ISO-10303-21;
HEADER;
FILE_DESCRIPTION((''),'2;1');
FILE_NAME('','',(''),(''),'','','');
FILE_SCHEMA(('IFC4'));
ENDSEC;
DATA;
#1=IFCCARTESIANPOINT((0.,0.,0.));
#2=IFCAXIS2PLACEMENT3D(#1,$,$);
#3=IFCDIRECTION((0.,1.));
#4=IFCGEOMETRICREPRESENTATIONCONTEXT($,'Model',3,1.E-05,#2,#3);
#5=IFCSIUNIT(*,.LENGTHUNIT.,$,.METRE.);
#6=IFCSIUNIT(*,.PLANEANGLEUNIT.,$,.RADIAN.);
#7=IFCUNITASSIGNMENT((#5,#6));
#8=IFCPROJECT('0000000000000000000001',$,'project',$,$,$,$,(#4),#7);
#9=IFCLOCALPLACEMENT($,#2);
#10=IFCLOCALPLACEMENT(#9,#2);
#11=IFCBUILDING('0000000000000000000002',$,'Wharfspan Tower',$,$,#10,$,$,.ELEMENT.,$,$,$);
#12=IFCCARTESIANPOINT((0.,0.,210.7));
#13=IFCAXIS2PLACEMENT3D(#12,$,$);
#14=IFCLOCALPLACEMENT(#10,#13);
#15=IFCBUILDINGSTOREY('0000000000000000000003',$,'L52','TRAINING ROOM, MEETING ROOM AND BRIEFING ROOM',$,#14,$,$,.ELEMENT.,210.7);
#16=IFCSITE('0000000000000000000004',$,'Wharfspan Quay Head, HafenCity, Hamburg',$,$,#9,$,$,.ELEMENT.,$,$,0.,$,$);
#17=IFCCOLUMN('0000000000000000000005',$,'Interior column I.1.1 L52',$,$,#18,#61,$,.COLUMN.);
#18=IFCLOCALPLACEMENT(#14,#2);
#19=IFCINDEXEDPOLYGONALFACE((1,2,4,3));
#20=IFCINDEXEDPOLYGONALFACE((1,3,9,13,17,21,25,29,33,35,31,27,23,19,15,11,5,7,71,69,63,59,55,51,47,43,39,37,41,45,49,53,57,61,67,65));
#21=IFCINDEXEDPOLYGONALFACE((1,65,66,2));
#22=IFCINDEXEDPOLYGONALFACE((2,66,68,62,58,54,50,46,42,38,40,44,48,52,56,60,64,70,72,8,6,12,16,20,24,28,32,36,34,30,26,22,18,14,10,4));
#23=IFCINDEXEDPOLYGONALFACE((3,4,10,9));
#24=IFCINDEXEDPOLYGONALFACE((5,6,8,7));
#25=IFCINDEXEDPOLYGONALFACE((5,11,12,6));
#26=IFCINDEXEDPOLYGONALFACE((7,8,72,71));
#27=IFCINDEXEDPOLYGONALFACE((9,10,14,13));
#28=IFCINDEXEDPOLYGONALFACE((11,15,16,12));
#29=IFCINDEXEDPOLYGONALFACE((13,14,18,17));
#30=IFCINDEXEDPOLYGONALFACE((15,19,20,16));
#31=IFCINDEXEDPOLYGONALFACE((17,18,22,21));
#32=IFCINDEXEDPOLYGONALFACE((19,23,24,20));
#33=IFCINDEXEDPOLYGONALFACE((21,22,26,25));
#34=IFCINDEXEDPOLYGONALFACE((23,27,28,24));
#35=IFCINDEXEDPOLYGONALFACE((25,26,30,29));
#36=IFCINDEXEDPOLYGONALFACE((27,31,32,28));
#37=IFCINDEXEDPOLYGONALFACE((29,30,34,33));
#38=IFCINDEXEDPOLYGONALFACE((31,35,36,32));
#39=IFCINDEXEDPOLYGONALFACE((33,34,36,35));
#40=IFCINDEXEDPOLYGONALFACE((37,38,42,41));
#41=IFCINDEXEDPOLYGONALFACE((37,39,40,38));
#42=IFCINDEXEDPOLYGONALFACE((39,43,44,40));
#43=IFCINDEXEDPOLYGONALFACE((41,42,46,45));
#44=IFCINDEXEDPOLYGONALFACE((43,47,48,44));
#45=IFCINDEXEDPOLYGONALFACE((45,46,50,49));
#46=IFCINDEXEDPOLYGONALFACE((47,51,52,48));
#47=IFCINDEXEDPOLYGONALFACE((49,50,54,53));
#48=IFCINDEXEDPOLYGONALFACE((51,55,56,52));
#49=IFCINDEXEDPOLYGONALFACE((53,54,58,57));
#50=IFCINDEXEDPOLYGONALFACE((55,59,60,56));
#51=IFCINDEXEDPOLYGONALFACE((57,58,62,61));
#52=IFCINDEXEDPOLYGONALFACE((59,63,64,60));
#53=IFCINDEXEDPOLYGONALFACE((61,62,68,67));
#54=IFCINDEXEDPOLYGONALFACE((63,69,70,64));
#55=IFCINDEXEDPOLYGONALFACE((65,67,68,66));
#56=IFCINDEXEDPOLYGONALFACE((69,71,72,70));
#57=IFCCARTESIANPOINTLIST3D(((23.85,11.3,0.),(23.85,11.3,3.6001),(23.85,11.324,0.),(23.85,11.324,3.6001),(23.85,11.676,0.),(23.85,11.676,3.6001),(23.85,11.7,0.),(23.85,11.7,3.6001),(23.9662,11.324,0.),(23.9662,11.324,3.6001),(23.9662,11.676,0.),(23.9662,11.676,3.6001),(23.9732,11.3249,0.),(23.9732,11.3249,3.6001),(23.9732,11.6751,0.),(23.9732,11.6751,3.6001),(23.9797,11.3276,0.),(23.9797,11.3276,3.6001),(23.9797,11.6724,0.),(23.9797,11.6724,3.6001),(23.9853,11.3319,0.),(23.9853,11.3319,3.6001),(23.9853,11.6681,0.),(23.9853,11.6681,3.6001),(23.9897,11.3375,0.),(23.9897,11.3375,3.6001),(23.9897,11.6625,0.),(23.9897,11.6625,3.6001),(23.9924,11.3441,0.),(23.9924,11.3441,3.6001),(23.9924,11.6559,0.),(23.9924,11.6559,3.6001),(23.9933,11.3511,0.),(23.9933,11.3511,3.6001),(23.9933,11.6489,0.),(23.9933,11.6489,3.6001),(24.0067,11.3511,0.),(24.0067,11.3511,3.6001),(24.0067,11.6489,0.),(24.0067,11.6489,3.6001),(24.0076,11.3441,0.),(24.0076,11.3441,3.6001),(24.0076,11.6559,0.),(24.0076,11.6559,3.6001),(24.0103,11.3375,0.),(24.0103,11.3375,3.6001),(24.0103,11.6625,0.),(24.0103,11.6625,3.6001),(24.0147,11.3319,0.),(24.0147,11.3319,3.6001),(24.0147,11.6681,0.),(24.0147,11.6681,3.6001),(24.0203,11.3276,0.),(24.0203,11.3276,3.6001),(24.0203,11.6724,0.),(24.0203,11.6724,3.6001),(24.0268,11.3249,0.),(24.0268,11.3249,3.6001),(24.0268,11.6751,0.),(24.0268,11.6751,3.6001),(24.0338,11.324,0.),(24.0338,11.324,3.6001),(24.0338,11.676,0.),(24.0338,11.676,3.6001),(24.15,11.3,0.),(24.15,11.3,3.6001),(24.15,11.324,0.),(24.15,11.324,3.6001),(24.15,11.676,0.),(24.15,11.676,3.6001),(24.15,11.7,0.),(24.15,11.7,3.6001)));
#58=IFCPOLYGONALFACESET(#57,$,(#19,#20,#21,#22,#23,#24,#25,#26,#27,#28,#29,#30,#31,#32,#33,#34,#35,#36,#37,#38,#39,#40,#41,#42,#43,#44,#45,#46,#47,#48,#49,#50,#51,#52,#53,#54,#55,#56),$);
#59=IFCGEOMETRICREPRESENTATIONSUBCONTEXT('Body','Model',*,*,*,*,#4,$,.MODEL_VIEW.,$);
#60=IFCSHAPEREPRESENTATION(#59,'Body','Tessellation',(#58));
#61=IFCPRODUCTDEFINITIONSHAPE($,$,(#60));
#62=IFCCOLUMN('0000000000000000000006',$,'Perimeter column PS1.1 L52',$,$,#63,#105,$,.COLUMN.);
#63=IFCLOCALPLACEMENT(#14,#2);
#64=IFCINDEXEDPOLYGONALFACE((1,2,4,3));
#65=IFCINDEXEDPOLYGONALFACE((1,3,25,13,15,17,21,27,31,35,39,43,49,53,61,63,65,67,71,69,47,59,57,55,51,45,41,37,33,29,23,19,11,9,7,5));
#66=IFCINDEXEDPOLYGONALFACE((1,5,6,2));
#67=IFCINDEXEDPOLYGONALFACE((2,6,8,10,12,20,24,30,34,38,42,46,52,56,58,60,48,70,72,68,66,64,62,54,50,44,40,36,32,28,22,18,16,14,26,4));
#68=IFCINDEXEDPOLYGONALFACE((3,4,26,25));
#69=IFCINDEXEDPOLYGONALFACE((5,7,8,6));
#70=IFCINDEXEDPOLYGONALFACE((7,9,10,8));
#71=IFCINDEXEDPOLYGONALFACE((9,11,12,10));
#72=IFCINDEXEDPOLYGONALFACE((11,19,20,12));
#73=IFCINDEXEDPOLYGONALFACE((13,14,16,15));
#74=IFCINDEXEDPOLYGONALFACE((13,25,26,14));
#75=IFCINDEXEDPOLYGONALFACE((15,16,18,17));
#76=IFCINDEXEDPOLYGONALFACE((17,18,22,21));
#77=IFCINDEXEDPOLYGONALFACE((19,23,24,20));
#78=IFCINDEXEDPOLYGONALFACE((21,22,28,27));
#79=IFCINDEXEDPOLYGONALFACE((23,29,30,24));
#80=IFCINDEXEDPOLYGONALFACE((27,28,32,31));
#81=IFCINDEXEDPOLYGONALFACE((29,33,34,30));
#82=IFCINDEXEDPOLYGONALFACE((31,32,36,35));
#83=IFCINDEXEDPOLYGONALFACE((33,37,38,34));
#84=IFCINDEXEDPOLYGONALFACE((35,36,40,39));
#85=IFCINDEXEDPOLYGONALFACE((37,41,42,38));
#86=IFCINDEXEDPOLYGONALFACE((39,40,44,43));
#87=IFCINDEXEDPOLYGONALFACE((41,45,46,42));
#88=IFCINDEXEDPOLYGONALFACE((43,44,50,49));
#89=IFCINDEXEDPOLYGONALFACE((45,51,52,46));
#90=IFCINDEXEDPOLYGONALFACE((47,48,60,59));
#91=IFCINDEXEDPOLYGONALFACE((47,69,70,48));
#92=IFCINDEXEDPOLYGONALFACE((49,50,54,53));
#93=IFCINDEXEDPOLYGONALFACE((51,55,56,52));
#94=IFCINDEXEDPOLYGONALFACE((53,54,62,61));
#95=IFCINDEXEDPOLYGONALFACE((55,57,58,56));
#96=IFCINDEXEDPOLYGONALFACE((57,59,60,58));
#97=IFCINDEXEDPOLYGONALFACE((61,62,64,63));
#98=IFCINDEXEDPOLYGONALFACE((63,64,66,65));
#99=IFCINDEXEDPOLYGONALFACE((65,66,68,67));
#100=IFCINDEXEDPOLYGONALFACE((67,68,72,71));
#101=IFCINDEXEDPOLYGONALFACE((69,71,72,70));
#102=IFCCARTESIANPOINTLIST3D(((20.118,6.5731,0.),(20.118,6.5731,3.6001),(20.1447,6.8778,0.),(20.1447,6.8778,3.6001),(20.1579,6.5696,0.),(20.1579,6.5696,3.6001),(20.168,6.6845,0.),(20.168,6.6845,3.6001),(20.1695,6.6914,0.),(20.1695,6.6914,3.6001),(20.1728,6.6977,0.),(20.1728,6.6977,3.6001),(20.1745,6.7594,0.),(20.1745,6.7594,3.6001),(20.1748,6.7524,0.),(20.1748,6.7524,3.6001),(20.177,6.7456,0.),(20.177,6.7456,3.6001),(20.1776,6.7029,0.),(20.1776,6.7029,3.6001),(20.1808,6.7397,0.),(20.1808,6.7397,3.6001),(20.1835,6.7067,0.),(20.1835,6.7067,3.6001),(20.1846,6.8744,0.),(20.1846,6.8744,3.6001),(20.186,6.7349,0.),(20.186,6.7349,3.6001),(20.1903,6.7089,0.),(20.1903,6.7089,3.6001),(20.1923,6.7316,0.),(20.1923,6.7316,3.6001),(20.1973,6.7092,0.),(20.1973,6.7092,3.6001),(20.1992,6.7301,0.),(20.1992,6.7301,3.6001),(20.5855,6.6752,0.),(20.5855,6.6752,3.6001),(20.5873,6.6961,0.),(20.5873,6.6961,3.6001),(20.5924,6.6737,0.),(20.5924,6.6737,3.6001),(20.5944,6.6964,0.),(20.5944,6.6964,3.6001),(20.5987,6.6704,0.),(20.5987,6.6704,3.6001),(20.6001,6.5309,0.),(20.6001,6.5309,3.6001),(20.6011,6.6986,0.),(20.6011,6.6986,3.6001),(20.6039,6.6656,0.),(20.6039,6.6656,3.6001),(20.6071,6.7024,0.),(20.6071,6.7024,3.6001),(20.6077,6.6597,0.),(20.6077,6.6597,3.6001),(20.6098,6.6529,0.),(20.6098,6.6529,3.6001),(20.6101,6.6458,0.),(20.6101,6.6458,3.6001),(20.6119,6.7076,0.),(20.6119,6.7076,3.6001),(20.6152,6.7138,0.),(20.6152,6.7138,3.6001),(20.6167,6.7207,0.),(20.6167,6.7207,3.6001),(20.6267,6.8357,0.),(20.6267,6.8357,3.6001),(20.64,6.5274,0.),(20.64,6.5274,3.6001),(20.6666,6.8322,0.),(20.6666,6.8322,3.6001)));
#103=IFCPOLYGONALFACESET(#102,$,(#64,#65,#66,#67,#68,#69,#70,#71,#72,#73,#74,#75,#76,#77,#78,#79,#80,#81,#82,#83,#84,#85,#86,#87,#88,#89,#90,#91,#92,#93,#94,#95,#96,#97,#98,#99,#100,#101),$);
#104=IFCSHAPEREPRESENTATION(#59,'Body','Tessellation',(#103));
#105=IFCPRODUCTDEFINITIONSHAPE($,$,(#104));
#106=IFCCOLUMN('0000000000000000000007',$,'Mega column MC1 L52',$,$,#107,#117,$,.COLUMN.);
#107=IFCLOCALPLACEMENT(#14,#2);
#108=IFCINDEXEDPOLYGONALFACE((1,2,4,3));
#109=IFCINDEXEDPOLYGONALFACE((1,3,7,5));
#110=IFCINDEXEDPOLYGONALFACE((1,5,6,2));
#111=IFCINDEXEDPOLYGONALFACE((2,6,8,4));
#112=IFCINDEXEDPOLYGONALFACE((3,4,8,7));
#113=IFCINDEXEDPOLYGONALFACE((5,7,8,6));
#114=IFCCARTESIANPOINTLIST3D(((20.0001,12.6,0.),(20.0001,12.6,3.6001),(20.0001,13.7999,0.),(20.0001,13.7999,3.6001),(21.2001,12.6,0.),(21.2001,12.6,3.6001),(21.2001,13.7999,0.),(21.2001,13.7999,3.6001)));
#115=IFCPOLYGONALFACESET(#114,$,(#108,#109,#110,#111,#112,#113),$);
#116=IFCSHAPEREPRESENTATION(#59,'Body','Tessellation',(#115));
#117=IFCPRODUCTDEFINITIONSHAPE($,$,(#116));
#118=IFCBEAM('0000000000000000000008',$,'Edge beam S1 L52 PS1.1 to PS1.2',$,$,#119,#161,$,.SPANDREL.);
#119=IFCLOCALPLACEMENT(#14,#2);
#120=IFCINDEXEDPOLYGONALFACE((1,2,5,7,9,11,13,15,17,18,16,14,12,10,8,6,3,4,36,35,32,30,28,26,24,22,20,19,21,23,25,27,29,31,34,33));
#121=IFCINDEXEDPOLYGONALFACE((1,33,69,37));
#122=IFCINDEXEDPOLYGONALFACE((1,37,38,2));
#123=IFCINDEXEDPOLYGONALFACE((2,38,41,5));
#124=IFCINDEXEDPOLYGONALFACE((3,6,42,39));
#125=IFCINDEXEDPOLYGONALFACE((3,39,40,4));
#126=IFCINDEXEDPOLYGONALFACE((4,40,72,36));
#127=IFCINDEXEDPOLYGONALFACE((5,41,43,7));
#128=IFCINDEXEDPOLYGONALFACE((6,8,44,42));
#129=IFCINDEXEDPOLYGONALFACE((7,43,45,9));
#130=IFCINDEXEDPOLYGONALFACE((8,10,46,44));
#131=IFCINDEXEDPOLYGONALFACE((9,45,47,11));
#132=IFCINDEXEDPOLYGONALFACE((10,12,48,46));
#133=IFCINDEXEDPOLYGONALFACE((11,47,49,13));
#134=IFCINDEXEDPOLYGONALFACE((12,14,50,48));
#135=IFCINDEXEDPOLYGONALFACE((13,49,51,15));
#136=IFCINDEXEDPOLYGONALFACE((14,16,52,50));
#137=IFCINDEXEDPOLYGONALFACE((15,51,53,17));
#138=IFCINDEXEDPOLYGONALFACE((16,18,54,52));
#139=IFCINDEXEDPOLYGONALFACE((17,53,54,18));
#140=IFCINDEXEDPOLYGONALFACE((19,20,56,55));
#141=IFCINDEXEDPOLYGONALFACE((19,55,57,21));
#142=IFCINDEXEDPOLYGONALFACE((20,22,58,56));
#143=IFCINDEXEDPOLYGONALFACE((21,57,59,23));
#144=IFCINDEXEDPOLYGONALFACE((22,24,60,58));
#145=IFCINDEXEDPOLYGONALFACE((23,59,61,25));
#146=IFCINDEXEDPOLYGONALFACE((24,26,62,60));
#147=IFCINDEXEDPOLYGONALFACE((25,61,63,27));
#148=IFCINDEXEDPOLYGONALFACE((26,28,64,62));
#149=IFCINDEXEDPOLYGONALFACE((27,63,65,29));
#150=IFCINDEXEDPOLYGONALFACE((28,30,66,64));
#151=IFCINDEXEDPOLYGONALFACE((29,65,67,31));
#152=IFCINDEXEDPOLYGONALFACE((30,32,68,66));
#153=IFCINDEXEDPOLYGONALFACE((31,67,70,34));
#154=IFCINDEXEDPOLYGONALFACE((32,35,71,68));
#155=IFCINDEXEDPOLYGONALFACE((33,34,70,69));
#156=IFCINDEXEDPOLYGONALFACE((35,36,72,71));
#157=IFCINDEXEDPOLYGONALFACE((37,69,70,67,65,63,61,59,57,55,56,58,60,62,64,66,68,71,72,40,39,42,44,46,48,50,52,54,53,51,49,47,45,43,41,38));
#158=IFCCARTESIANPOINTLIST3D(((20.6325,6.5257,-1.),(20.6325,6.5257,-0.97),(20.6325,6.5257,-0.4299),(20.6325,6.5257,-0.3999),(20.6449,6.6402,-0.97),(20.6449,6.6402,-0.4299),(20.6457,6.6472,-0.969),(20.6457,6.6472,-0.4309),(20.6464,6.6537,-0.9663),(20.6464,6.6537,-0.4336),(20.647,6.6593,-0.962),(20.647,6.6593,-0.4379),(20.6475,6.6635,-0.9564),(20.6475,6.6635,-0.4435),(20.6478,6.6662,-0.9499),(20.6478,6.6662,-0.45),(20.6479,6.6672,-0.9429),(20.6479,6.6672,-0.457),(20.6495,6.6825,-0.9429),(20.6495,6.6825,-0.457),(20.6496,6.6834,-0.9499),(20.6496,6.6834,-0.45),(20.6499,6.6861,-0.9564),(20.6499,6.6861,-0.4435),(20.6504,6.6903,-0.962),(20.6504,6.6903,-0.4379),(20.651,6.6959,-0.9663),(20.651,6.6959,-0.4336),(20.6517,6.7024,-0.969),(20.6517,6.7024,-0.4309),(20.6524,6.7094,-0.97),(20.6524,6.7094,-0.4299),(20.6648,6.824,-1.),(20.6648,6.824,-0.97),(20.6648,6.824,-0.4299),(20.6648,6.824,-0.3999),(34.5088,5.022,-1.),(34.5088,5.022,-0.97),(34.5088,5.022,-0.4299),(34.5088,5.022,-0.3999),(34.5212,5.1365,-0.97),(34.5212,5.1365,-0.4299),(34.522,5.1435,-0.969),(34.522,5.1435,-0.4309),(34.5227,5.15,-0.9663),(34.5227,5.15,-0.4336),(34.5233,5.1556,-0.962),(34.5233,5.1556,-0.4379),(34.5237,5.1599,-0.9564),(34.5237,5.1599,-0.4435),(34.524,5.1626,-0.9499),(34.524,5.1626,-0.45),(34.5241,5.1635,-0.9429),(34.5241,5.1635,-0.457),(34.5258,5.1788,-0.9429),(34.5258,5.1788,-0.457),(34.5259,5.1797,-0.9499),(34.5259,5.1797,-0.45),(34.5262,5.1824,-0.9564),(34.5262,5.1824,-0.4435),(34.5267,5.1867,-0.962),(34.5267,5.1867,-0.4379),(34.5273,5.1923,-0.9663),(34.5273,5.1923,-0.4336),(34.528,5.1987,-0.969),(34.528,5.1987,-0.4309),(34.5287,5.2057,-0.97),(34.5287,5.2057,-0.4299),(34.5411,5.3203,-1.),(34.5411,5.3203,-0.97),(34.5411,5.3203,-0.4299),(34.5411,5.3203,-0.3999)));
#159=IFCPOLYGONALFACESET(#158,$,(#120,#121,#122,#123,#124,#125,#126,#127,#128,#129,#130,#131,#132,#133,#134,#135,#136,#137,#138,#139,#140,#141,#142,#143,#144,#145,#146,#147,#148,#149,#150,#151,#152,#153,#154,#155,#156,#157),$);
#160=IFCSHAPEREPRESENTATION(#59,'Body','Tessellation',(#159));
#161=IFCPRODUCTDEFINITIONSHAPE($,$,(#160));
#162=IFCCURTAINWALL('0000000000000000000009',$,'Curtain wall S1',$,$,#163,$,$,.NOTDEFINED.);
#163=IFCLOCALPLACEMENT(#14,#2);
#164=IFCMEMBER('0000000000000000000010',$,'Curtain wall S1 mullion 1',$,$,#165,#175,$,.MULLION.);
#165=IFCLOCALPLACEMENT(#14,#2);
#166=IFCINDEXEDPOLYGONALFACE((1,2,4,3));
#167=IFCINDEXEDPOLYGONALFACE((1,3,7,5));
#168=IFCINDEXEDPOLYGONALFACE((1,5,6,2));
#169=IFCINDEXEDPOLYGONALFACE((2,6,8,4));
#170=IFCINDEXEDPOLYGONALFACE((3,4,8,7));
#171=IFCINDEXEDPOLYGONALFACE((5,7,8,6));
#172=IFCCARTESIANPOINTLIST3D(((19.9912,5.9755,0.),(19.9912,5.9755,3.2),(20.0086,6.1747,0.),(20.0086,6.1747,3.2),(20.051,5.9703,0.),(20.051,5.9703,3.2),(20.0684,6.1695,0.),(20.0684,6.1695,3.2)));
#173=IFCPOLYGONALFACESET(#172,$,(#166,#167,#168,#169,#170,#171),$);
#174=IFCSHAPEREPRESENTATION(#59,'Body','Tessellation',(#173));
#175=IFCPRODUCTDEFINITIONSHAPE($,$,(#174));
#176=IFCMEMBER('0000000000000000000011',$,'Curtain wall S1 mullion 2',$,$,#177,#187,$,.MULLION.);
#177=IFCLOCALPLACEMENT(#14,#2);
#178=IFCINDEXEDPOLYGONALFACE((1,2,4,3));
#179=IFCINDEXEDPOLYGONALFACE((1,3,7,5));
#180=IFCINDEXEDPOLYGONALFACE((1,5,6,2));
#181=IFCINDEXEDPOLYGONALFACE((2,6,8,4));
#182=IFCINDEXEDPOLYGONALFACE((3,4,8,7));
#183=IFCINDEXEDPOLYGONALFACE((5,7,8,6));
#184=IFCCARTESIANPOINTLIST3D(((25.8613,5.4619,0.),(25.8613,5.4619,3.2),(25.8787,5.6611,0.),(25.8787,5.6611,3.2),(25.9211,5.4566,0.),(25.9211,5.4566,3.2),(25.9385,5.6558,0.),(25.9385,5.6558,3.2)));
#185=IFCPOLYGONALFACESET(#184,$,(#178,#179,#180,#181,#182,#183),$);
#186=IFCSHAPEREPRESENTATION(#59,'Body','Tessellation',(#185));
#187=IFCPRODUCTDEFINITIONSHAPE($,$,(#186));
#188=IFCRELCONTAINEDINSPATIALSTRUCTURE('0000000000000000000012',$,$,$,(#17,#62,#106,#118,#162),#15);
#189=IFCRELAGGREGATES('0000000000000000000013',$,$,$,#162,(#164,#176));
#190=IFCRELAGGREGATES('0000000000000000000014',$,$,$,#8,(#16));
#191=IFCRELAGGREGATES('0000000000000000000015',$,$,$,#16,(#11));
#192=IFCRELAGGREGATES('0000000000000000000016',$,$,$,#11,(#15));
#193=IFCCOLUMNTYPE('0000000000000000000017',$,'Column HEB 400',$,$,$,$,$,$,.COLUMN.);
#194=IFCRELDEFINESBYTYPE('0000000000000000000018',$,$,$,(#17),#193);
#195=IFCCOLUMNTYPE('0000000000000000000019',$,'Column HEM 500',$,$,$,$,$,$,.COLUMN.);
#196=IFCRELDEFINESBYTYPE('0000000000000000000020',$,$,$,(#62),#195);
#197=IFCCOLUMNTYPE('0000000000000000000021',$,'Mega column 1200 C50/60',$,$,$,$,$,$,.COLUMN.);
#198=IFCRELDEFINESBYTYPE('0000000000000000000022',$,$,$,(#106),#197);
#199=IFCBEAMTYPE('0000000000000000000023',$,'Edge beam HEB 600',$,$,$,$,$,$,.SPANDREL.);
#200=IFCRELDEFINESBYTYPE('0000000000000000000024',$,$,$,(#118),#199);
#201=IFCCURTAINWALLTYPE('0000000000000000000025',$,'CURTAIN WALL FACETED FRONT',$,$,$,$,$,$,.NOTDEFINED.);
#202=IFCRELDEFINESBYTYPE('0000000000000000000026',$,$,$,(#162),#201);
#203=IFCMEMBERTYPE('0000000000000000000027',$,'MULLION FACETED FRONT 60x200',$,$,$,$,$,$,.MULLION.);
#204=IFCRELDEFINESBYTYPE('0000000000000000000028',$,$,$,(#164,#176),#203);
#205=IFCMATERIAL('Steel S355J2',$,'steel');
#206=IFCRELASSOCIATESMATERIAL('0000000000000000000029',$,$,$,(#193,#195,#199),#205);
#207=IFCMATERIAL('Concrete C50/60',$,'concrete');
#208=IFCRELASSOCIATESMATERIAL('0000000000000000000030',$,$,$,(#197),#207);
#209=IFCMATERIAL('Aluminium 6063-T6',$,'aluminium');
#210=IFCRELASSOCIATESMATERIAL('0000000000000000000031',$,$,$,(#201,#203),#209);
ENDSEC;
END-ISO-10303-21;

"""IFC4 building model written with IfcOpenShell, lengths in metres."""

from ifc_helpers import new_model, si_unit, direction, frame, origin, origin_2d, place, context, subcontext, project, spatial, rectangle, i_section, extrude, material, material_profile, profile_set, type_object, element, aggregate, save


model = new_model("IFC4")

# Units and contexts
model_context = context("Model", 3, precision=1e-05, world=origin(), true_north=direction((0.0, 1.0)))
body_context = subcontext(model_context, "Body", "Model", "MODEL_VIEW")
ifc_project = project(units=[si_unit("LENGTHUNIT", "METRE"), si_unit("PLANEANGLEUNIT", "RADIAN")], contexts=[model_context])

# Site, building, storey
site_placement = place(None, origin())
site = spatial("IfcSite", under=ifc_project, at=site_placement, Name="Wharfspan Quay Head, HafenCity, Hamburg", CompositionType="ELEMENT", RefElevation=0.0)
building_placement = place(site_placement, origin())
building = spatial("IfcBuilding", under=site, at=building_placement, Name="Wharfspan Tower", CompositionType="ELEMENT")
storey_placement = place(building_placement, frame((0.0, 0.0, 210.7)))
storey = spatial("IfcBuildingStorey", under=building, at=storey_placement, Name="L52", Description="TRAINING ROOM, MEETING ROOM AND BRIEFING ROOM", CompositionType="ELEMENT", Elevation=210.7)

# Columns
ifc_material_1 = material(Name="Steel S355J2", Category="steel")
ifc_material_profile_1 = material_profile(ifc_material_1, i_section(OverallWidth=0.3, OverallDepth=0.3999, WebThickness=0.0134, FlangeThickness=0.0239, FilletRadius=0.0271, at=origin_2d()))
ifc_profile_set_1 = profile_set([ifc_material_profile_1], Name="Steel S355J2")
column_type_1 = type_object("IfcColumnType", Name="Column HEB 400", PredefinedType="COLUMN", material=ifc_profile_set_1)
column_1_placement = place(storey_placement, frame((24.0, 11.5, 0.0), z_axis=(0.0, 0.0, 1.0), x_axis=(1.0, 0.0, 0.0)))
element("IfcColumn", 1, at=column_1_placement, inside=storey, type_object=column_type_1, Name="Interior column I.1.1 L52", PredefinedType="COLUMN", context=body_context, shape_type="SweptSolid", body=[
    extrude(i_section(OverallWidth=0.3, OverallDepth=0.3999, WebThickness=0.0134, FlangeThickness=0.0239, FilletRadius=0.0271, at=origin_2d()), origin(), (0.0, 0.0, 1.0), 3.6001),
])
ifc_material_profile_2 = material_profile(ifc_material_1, i_section(OverallWidth=0.3059, OverallDepth=0.5239, WebThickness=0.021, FlangeThickness=0.04, FilletRadius=0.0271, at=origin_2d()))
ifc_profile_set_2 = profile_set([ifc_material_profile_2], Name="Steel S355J2")
column_type_2 = type_object("IfcColumnType", Name="Column HEM 500", PredefinedType="COLUMN", material=ifc_profile_set_2)
column_2_placement = place(storey_placement, frame((20.3923, 6.7026, 0.0), z_axis=(0.0, 0.0, 1.0), x_axis=(-0.087156, -0.996197, 0.0)))
element("IfcColumn", 2, at=column_2_placement, inside=storey, type_object=column_type_2, Name="Perimeter column PS1.1 L52", PredefinedType="COLUMN", context=body_context, shape_type="SweptSolid", body=[
    extrude(i_section(OverallWidth=0.3059, OverallDepth=0.5239, WebThickness=0.021, FlangeThickness=0.04, FilletRadius=0.0271, at=origin_2d()), origin(), (0.0, 0.0, 1.0), 3.6001),
])
ifc_material_2 = material(Name="Concrete C50/60", Category="concrete")
ifc_material_profile_3 = material_profile(ifc_material_2, rectangle(XDim=1.2, YDim=1.2, at=origin_2d()))
ifc_profile_set_3 = profile_set([ifc_material_profile_3], Name="Concrete C50/60")
column_type_3 = type_object("IfcColumnType", Name="Mega column 1200 C50/60", PredefinedType="COLUMN", material=ifc_profile_set_3)
column_3_placement = place(storey_placement, frame((20.6001, 13.2, 0.0), z_axis=(0.0, 0.0, 1.0), x_axis=(1.0, 0.0, 0.0)))
element("IfcColumn", 3, at=column_3_placement, inside=storey, type_object=column_type_3, Name="Mega column MC1 L52", PredefinedType="COLUMN", context=body_context, shape_type="SweptSolid", body=[
    extrude(rectangle(XDim=1.2, YDim=1.2, at=origin_2d()), origin(), (0.0, 0.0, 1.0), 3.6001),
])

# Beam
ifc_material_profile_4 = material_profile(ifc_material_1, i_section(OverallWidth=0.3, OverallDepth=0.6001, WebThickness=0.0154, FlangeThickness=0.03, FilletRadius=0.0271, at=origin_2d()))
ifc_profile_set_4 = profile_set([ifc_material_profile_4], Name="Steel S355J2")
beam_type = type_object("IfcBeamType", Name="Edge beam HEB 600", PredefinedType="SPANDREL", material=ifc_profile_set_4)
beam_placement = place(storey_placement, frame((20.6487, 6.6748, -0.7), z_axis=(0.99418, -0.107732, 0.0), x_axis=(0.107732, 0.99418, 0.0)))
element("IfcBeam", 4, at=beam_placement, inside=storey, type_object=beam_type, Name="Edge beam S1 L52 PS1.1 to PS1.2", PredefinedType="SPANDREL", context=body_context, shape_type="SweptSolid", body=[
    extrude(i_section(OverallWidth=0.3, OverallDepth=0.6001, WebThickness=0.0154, FlangeThickness=0.03, FilletRadius=0.0271, at=origin_2d()), origin(), (0.0, 0.0, 1.0), 13.9575),
])

# Curtain wall, members
ifc_material_3 = material(Name="Aluminium 6063-T6", Category="aluminium")
curtain_wall_type_1 = type_object("IfcCurtainWallType", Name="CURTAIN WALL FACETED FRONT", PredefinedType="NOTDEFINED", material=ifc_material_3)
curtain_wall_1_placement = place(storey_placement, origin())
curtain_wall_1 = element("IfcCurtainWall", 5, at=curtain_wall_1_placement, inside=storey, type_object=curtain_wall_type_1, Name="Curtain wall S1", PredefinedType="NOTDEFINED")
ifc_material_profile_5 = material_profile(ifc_material_3, rectangle(XDim=0.2, YDim=0.0601, at=origin_2d()))
ifc_profile_set_5 = profile_set([ifc_material_profile_5], Name="Aluminium 6063-T6")
member_type_1 = type_object("IfcMemberType", Name="MULLION FACETED FRONT 60x200", PredefinedType="MULLION", material=ifc_profile_set_5)
member_1_placement = place(storey_placement, frame((20.0298, 6.0725, 0.0), z_axis=(0.0, 0.0, 1.0), x_axis=(0.087156, 0.996197, 0.0)))
member_1 = element("IfcMember", 6, at=member_1_placement, type_object=member_type_1, Name="Curtain wall S1 mullion 1", PredefinedType="MULLION", context=body_context, shape_type="SweptSolid", body=[
    extrude(rectangle(XDim=0.2, YDim=0.0601, at=origin_2d()), origin(), (0.0, 0.0, 1.0), 3.2),
])
member_2_placement = place(storey_placement, frame((25.8999, 5.5588, 0.0), z_axis=(0.0, 0.0, 1.0), x_axis=(0.087156, 0.996197, 0.0)))
member_2 = element("IfcMember", 7, at=member_2_placement, type_object=member_type_1, Name="Curtain wall S1 mullion 2", PredefinedType="MULLION", context=body_context, shape_type="SweptSolid", body=[
    extrude(rectangle(XDim=0.2, YDim=0.0601, at=origin_2d()), origin(), (0.0, 0.0, 1.0), 3.2),
])

aggregate(curtain_wall_1, [member_1, member_2])

save(model, "model.ifc")
